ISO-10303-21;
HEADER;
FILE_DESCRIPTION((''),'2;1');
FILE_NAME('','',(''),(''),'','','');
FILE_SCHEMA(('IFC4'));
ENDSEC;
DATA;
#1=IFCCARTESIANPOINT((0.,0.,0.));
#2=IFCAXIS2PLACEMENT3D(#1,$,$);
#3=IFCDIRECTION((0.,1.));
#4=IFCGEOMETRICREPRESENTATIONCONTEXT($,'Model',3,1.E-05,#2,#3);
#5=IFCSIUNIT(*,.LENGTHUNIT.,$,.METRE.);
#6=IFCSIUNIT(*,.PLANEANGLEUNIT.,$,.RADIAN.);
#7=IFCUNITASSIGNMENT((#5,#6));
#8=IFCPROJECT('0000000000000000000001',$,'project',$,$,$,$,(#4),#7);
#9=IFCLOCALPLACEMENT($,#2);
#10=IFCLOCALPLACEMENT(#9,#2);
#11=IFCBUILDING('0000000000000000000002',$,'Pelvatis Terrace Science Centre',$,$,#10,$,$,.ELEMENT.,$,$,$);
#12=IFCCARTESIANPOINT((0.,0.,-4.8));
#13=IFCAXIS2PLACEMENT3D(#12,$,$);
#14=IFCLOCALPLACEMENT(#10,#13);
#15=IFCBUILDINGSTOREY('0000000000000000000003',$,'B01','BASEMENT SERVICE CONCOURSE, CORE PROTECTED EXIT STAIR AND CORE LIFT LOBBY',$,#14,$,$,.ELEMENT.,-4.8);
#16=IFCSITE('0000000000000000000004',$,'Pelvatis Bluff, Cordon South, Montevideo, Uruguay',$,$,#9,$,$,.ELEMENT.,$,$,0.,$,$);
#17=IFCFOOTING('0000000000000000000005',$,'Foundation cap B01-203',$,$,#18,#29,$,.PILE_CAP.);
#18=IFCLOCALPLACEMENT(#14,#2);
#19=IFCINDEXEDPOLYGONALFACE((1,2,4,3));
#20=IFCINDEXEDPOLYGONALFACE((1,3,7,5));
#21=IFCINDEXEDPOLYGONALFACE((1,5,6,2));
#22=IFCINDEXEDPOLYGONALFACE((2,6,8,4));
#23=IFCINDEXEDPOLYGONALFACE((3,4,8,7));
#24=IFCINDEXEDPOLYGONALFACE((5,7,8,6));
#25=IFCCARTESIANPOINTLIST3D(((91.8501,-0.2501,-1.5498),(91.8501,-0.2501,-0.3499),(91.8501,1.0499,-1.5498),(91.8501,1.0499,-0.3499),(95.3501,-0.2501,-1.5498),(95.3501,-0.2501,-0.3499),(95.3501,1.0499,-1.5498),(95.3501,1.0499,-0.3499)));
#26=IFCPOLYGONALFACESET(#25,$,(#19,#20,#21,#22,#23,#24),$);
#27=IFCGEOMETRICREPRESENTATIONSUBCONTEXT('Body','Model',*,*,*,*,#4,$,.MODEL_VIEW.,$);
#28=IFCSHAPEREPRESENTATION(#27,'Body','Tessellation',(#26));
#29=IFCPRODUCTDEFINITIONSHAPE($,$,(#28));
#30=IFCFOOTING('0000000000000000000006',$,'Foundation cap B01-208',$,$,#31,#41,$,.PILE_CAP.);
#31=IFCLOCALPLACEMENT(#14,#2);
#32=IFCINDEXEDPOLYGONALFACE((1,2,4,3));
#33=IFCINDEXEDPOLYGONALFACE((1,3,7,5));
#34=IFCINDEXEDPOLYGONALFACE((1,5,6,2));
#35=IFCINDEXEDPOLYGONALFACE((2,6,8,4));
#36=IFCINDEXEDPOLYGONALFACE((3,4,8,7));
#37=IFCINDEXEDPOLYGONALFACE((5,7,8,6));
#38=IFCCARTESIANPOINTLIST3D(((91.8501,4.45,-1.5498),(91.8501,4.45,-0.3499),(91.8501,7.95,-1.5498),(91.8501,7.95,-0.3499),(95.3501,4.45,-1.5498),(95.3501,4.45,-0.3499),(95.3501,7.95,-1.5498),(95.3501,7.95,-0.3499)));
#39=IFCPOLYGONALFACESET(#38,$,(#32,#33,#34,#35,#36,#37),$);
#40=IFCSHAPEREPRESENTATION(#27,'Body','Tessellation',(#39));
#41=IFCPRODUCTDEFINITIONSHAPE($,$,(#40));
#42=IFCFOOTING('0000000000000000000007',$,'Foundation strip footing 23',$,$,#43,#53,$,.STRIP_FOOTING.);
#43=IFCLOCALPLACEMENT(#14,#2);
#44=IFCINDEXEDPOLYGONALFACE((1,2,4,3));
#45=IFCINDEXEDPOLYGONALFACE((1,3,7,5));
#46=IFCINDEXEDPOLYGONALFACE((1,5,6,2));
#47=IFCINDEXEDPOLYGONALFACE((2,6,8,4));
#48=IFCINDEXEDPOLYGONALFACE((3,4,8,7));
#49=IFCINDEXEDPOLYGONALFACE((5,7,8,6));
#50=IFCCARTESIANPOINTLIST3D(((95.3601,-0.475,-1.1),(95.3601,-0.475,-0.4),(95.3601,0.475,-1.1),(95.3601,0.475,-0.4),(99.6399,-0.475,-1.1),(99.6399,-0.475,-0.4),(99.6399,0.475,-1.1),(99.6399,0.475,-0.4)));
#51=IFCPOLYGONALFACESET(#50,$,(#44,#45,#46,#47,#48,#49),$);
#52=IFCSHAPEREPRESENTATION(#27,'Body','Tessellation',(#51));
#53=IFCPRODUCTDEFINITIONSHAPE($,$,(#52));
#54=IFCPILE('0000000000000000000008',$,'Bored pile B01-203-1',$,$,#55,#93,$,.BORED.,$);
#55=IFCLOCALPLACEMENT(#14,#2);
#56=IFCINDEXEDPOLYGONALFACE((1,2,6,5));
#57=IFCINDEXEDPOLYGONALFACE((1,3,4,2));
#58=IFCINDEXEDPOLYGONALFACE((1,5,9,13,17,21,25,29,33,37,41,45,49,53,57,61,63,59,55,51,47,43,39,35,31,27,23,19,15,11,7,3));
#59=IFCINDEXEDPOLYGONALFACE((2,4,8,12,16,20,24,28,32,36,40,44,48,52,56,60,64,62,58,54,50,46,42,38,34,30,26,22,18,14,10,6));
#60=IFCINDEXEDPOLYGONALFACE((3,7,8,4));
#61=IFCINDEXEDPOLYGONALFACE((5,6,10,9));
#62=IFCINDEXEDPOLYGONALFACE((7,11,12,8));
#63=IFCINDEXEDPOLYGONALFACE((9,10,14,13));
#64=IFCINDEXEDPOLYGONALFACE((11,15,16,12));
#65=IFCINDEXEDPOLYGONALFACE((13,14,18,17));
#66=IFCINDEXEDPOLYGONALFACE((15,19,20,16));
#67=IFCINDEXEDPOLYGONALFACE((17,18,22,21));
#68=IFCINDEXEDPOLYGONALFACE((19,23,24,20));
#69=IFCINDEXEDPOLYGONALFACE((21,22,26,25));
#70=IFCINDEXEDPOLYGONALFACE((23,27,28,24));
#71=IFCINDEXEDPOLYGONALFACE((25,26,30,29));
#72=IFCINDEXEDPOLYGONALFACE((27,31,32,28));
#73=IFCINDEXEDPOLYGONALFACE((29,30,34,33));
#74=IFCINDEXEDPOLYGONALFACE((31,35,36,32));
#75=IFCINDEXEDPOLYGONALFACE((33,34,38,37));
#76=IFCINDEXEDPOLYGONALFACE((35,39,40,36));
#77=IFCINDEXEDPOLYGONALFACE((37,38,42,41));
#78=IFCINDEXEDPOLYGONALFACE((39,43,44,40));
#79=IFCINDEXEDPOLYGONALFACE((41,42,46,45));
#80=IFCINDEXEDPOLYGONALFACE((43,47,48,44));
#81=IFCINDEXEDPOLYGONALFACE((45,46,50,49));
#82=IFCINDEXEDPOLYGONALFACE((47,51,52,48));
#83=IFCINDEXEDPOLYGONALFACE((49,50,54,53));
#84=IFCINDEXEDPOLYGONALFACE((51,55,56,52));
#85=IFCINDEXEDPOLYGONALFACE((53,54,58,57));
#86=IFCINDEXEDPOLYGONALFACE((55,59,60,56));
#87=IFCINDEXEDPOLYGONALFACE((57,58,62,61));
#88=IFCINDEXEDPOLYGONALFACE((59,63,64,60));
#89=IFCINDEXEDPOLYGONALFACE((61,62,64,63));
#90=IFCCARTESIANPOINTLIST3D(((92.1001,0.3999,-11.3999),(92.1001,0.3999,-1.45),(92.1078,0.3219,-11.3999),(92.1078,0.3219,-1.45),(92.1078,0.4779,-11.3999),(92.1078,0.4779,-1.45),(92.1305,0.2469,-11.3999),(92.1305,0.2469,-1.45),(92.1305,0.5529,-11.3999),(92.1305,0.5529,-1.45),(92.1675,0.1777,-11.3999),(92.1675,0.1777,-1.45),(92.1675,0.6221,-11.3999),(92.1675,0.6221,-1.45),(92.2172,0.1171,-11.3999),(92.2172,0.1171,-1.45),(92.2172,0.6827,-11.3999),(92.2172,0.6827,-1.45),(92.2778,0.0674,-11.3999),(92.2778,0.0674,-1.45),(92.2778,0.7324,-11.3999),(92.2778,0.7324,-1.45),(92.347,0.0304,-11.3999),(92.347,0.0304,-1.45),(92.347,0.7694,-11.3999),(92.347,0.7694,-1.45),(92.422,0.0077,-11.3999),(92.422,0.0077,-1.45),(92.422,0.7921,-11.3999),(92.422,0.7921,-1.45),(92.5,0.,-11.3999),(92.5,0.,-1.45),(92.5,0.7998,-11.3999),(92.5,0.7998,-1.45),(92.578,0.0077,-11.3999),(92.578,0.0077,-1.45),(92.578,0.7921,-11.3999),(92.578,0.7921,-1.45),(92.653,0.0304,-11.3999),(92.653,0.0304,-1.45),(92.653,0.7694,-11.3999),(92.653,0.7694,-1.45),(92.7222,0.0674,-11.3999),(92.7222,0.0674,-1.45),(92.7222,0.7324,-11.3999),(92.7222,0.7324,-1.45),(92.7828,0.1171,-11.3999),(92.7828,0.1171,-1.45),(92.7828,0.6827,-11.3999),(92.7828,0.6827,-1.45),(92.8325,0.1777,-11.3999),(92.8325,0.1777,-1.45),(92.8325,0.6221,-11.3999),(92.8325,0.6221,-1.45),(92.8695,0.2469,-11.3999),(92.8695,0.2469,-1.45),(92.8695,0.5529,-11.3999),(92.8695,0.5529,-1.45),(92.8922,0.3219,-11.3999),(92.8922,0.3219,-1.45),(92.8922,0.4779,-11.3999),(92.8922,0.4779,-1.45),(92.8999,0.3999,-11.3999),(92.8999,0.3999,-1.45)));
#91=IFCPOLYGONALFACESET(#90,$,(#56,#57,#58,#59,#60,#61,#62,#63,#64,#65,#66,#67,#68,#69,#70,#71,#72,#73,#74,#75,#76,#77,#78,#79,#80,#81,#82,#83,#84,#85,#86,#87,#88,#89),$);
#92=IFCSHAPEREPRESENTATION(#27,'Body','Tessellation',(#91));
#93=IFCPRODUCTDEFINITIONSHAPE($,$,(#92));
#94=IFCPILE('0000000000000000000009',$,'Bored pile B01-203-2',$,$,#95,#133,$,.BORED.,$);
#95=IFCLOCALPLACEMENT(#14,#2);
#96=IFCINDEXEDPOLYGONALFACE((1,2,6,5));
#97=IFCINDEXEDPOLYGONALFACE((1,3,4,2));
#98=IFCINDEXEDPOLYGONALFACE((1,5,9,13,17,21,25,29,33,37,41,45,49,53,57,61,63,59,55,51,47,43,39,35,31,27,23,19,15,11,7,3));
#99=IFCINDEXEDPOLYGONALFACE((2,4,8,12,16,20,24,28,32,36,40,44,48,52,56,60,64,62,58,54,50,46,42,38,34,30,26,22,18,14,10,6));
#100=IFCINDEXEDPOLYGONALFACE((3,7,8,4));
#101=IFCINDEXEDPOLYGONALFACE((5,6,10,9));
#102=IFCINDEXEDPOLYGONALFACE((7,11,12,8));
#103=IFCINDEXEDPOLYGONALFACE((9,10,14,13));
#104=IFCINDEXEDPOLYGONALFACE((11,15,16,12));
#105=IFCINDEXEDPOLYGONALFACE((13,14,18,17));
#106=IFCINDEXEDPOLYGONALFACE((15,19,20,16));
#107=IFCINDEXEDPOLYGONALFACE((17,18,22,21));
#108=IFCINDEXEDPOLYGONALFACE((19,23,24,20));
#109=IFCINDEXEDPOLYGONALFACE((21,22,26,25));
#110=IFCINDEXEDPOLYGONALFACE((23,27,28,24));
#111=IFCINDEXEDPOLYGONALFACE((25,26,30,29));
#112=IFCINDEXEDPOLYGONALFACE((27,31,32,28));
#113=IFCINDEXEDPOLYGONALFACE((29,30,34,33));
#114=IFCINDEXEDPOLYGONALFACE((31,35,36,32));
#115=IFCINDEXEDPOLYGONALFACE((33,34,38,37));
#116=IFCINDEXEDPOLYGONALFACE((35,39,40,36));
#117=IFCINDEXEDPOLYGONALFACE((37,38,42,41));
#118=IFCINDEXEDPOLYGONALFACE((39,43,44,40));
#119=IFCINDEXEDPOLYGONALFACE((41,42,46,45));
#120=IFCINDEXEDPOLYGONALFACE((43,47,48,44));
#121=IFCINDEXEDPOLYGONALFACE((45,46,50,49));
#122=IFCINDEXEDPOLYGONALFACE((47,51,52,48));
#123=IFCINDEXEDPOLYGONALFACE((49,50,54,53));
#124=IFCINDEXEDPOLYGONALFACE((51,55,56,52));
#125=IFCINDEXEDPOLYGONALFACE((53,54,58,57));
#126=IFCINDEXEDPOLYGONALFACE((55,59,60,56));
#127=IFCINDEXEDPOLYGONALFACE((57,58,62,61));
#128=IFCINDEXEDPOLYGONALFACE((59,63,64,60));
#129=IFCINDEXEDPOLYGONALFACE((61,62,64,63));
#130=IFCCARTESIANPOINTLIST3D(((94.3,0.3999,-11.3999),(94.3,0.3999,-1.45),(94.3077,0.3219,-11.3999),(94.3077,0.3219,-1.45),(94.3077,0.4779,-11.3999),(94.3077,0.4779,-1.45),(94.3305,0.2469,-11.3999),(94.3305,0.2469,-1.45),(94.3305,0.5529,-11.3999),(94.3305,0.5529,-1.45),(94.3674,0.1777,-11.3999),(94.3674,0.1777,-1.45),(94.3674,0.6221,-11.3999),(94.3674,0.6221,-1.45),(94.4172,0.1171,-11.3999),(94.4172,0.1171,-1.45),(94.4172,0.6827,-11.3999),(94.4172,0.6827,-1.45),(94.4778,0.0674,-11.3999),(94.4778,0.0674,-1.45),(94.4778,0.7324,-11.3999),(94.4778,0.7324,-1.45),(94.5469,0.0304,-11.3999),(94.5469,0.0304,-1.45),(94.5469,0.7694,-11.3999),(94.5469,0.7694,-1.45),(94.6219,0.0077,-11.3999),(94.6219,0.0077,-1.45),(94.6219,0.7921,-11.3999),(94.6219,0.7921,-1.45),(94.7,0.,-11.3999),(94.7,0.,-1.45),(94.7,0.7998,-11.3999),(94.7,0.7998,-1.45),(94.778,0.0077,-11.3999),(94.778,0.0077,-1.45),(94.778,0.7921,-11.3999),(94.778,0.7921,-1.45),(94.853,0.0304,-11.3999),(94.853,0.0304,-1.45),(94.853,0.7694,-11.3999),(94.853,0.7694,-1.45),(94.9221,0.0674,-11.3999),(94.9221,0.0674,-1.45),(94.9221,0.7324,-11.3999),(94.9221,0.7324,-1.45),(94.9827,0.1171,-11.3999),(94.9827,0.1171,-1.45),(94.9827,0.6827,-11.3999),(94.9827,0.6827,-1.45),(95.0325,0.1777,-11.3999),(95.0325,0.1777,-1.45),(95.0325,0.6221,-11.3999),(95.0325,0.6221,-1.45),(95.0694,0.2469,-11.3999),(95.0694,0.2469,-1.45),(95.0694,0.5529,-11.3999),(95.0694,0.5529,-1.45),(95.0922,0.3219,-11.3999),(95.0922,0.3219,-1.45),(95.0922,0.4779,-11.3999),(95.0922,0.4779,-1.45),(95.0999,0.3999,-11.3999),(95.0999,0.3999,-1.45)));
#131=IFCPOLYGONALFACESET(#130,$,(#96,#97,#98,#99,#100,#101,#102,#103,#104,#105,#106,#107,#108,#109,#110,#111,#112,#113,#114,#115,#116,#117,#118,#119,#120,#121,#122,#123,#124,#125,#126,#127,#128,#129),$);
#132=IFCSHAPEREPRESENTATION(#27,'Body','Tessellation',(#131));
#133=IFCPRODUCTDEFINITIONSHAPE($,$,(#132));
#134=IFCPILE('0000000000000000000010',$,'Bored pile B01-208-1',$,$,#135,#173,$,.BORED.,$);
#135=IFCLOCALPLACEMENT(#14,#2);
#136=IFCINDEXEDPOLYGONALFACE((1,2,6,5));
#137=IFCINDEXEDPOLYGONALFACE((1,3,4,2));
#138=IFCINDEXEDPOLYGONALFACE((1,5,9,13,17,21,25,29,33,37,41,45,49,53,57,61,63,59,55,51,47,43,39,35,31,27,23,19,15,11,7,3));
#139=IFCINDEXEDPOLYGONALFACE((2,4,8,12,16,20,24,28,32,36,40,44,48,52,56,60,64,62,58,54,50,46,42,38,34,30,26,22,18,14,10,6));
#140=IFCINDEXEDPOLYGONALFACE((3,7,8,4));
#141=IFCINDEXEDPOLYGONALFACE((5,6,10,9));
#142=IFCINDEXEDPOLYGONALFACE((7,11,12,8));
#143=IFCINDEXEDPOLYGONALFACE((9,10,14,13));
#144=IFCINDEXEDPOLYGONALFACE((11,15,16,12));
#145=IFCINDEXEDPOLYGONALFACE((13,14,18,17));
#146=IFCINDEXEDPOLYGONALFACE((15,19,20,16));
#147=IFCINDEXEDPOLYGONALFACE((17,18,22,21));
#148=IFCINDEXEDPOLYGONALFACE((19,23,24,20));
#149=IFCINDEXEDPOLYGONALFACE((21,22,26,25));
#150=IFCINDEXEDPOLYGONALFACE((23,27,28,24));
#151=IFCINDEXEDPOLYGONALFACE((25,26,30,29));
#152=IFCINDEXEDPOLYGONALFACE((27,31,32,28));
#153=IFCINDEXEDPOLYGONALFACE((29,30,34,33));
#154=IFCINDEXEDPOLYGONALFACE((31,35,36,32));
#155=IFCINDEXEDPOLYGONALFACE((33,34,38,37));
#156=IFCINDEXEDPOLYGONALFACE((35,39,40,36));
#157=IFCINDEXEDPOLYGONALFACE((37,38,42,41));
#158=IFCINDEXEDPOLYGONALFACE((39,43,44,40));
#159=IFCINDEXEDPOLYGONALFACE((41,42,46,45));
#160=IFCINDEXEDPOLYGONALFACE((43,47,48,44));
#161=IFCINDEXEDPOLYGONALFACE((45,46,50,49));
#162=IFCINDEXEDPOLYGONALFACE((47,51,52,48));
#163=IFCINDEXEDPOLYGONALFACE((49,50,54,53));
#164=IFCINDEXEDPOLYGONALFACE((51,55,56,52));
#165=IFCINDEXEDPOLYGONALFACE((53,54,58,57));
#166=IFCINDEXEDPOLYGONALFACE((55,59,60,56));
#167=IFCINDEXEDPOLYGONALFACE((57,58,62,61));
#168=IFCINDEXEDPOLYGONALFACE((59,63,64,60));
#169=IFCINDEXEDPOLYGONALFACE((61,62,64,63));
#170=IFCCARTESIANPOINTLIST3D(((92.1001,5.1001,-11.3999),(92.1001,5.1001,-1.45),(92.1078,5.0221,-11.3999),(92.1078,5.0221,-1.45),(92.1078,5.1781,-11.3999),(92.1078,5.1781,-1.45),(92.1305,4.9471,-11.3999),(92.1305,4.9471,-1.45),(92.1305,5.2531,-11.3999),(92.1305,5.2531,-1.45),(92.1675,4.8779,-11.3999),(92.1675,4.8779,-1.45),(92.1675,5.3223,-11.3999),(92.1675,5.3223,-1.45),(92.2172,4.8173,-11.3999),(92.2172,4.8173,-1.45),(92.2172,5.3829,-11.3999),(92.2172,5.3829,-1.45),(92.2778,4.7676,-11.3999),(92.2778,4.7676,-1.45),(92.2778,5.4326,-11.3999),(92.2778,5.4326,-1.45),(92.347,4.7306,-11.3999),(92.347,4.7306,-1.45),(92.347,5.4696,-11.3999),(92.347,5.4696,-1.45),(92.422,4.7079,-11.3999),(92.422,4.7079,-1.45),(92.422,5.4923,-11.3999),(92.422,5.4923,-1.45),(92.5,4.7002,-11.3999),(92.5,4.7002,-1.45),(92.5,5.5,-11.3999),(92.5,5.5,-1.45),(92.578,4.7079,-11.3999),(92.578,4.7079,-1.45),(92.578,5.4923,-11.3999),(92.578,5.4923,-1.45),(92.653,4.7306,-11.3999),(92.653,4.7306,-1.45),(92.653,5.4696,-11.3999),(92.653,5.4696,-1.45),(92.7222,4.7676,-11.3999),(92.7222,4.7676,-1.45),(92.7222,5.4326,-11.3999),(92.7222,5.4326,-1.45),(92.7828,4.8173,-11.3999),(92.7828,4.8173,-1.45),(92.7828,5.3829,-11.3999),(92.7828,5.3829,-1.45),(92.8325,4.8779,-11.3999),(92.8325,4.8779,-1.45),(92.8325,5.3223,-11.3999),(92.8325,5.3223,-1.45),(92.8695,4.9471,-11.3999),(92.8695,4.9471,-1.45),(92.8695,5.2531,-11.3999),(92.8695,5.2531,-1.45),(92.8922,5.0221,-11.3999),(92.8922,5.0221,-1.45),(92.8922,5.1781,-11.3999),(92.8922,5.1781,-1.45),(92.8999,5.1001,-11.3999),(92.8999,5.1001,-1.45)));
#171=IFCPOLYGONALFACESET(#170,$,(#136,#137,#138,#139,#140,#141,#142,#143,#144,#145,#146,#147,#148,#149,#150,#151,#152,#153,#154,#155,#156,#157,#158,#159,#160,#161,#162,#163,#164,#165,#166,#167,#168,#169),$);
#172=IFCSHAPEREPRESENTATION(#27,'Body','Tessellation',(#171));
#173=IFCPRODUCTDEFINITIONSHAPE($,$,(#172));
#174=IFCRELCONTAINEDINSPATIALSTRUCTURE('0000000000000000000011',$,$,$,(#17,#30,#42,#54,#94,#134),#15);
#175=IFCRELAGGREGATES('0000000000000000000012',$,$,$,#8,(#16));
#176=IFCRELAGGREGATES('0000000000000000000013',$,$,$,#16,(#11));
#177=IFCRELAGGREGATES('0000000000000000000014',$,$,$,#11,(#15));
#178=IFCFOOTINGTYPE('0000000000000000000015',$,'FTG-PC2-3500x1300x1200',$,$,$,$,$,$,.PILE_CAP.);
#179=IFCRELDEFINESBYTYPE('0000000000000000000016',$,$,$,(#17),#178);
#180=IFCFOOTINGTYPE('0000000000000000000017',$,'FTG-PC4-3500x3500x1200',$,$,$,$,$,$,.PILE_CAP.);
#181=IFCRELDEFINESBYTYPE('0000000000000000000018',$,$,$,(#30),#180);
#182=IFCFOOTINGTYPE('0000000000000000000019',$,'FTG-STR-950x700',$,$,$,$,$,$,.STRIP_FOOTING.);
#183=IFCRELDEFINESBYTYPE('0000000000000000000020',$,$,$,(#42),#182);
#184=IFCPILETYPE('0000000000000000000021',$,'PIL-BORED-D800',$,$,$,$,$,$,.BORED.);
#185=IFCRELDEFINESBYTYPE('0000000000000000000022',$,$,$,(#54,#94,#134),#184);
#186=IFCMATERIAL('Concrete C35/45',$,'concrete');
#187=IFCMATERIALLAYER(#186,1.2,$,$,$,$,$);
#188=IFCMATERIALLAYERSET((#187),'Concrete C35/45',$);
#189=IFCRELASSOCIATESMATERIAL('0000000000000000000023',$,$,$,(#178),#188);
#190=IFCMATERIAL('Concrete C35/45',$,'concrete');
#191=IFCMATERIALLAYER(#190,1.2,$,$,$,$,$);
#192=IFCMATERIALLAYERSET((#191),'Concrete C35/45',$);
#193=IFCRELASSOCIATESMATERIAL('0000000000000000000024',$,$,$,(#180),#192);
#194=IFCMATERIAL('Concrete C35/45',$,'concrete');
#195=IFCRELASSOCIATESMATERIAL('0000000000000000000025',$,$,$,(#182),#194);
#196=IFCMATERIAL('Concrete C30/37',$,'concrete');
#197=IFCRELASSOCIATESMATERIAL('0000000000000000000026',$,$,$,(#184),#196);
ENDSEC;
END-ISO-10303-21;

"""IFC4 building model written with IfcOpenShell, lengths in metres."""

from ifc_helpers import new_model, si_unit, direction, frame, origin, origin_2d, place, context, subcontext, project, spatial, rectangle, circle, extrude, material, layer, layer_set, material_profile, profile_set, type_object, element, save


model = new_model("IFC4")

# Units and contexts
model_context = context("Model", 3, precision=1e-05, world=origin(), true_north=direction((0.0, 1.0)))
body_context = subcontext(model_context, "Body", "Model", "MODEL_VIEW")
ifc_project = project(units=[si_unit("LENGTHUNIT", "METRE"), si_unit("PLANEANGLEUNIT", "RADIAN")], contexts=[model_context])

# Site, building, storey
site_placement = place(None, origin())
site = spatial("IfcSite", under=ifc_project, at=site_placement, Name="Pelvatis Bluff, Cordon South, Montevideo, Uruguay", CompositionType="ELEMENT", RefElevation=0.0)
building_placement = place(site_placement, origin())
building = spatial("IfcBuilding", under=site, at=building_placement, Name="Pelvatis Terrace Science Centre", CompositionType="ELEMENT")
storey_placement = place(building_placement, frame((0.0, 0.0, -4.8)))
storey = spatial("IfcBuildingStorey", under=building, at=storey_placement, Name="B01", Description="BASEMENT SERVICE CONCOURSE, CORE PROTECTED EXIT STAIR AND CORE LIFT LOBBY", CompositionType="ELEMENT", Elevation=-4.8)

# Footings
ifc_material_1 = material(Name="Concrete C35/45", Category="concrete")
ifc_layer_1 = layer(ifc_material_1, 1.2)
ifc_layer_set_1 = layer_set([ifc_layer_1], Name="Concrete C35/45")
footing_type_1 = type_object("IfcFootingType", Name="FTG-PC2-3500x1300x1200", PredefinedType="PILE_CAP", material=ifc_layer_set_1)
footing_1_placement = place(storey_placement, frame((93.6001, 0.3999, -1.5498), z_axis=(0.0, 0.0, 1.0), x_axis=(1.0, 0.0, 0.0)))
element("IfcFooting", 1, at=footing_1_placement, inside=storey, type_object=footing_type_1, Name="Foundation cap B01-203", PredefinedType="PILE_CAP", context=body_context, shape_type="SweptSolid", body=[
    extrude(rectangle(XDim=3.5, YDim=1.3, at=origin_2d()), origin(), (0.0, 0.0, 1.0), 1.2),
])
ifc_material_2 = material(Name="Concrete C35/45", Category="concrete")
ifc_layer_2 = layer(ifc_material_2, 1.2)
ifc_layer_set_2 = layer_set([ifc_layer_2], Name="Concrete C35/45")
footing_type_2 = type_object("IfcFootingType", Name="FTG-PC4-3500x3500x1200", PredefinedType="PILE_CAP", material=ifc_layer_set_2)
footing_2_placement = place(storey_placement, frame((93.6001, 6.2, -1.5498), z_axis=(0.0, 0.0, 1.0), x_axis=(1.0, 0.0, 0.0)))
element("IfcFooting", 2, at=footing_2_placement, inside=storey, type_object=footing_type_2, Name="Foundation cap B01-208", PredefinedType="PILE_CAP", context=body_context, shape_type="SweptSolid", body=[
    extrude(rectangle(XDim=3.5, YDim=3.5, at=origin_2d()), origin(), (0.0, 0.0, 1.0), 1.2),
])
ifc_material_3 = material(Name="Concrete C35/45", Category="concrete")
ifc_material_profile_1 = material_profile(ifc_material_3, rectangle(XDim=0.95, YDim=0.7, at=origin_2d()), Name="RC-STR 950x700")
ifc_profile_set_1 = profile_set([ifc_material_profile_1], Name="Concrete C35/45")
footing_type_3 = type_object("IfcFootingType", Name="FTG-STR-950x700", PredefinedType="STRIP_FOOTING", material=ifc_profile_set_1)
footing_3_placement = place(storey_placement, frame((95.3601, 0.0, -0.75), z_axis=(1.0, 0.0, 0.0), x_axis=(0.0, 1.0, 0.0)))
element("IfcFooting", 3, at=footing_3_placement, inside=storey, type_object=footing_type_3, Name="Foundation strip footing 23", PredefinedType="STRIP_FOOTING", context=body_context, shape_type="SweptSolid", body=[
    extrude(rectangle(XDim=0.95, YDim=0.7, at=origin_2d()), origin(), (0.0, 0.0, 1.0), 4.2798),
])

# Piles
ifc_material_4 = material(Name="Concrete C30/37", Category="concrete")
ifc_material_profile_2 = material_profile(ifc_material_4, circle(Radius=0.3999, at=origin_2d()), Name="PILE D800")
ifc_profile_set_2 = profile_set([ifc_material_profile_2], Name="Concrete C30/37")
pile_type = type_object("IfcPileType", Name="PIL-BORED-D800", PredefinedType="BORED", material=ifc_profile_set_2)
for number, where, z_axis, x_axis, name in (
    (4, (92.5, 0.3999, -1.45), (0.0, 0.0, -1.0), (1.0, 0.0, 0.0), "Bored pile B01-203-1"),
    (5, (94.7, 0.3999, -1.45), (0.0, 0.0, -1.0), (1.0, 0.0, 0.0), "Bored pile B01-203-2"),
    (6, (92.5, 5.1001, -1.45), (0.0, 0.0, -1.0), (1.0, 0.0, 0.0), "Bored pile B01-208-1"),
):
    element("IfcPile", number, at=place(storey_placement, frame(where, z_axis=z_axis, x_axis=x_axis)), inside=storey, type_object=pile_type, Name=name, PredefinedType="BORED", context=body_context, shape_type="SweptSolid", body=[
        extrude(circle(Radius=0.3999, at=origin_2d()), origin(), (0.0, 0.0, 1.0), 9.95),
    ])

save(model, "model.ifc")
